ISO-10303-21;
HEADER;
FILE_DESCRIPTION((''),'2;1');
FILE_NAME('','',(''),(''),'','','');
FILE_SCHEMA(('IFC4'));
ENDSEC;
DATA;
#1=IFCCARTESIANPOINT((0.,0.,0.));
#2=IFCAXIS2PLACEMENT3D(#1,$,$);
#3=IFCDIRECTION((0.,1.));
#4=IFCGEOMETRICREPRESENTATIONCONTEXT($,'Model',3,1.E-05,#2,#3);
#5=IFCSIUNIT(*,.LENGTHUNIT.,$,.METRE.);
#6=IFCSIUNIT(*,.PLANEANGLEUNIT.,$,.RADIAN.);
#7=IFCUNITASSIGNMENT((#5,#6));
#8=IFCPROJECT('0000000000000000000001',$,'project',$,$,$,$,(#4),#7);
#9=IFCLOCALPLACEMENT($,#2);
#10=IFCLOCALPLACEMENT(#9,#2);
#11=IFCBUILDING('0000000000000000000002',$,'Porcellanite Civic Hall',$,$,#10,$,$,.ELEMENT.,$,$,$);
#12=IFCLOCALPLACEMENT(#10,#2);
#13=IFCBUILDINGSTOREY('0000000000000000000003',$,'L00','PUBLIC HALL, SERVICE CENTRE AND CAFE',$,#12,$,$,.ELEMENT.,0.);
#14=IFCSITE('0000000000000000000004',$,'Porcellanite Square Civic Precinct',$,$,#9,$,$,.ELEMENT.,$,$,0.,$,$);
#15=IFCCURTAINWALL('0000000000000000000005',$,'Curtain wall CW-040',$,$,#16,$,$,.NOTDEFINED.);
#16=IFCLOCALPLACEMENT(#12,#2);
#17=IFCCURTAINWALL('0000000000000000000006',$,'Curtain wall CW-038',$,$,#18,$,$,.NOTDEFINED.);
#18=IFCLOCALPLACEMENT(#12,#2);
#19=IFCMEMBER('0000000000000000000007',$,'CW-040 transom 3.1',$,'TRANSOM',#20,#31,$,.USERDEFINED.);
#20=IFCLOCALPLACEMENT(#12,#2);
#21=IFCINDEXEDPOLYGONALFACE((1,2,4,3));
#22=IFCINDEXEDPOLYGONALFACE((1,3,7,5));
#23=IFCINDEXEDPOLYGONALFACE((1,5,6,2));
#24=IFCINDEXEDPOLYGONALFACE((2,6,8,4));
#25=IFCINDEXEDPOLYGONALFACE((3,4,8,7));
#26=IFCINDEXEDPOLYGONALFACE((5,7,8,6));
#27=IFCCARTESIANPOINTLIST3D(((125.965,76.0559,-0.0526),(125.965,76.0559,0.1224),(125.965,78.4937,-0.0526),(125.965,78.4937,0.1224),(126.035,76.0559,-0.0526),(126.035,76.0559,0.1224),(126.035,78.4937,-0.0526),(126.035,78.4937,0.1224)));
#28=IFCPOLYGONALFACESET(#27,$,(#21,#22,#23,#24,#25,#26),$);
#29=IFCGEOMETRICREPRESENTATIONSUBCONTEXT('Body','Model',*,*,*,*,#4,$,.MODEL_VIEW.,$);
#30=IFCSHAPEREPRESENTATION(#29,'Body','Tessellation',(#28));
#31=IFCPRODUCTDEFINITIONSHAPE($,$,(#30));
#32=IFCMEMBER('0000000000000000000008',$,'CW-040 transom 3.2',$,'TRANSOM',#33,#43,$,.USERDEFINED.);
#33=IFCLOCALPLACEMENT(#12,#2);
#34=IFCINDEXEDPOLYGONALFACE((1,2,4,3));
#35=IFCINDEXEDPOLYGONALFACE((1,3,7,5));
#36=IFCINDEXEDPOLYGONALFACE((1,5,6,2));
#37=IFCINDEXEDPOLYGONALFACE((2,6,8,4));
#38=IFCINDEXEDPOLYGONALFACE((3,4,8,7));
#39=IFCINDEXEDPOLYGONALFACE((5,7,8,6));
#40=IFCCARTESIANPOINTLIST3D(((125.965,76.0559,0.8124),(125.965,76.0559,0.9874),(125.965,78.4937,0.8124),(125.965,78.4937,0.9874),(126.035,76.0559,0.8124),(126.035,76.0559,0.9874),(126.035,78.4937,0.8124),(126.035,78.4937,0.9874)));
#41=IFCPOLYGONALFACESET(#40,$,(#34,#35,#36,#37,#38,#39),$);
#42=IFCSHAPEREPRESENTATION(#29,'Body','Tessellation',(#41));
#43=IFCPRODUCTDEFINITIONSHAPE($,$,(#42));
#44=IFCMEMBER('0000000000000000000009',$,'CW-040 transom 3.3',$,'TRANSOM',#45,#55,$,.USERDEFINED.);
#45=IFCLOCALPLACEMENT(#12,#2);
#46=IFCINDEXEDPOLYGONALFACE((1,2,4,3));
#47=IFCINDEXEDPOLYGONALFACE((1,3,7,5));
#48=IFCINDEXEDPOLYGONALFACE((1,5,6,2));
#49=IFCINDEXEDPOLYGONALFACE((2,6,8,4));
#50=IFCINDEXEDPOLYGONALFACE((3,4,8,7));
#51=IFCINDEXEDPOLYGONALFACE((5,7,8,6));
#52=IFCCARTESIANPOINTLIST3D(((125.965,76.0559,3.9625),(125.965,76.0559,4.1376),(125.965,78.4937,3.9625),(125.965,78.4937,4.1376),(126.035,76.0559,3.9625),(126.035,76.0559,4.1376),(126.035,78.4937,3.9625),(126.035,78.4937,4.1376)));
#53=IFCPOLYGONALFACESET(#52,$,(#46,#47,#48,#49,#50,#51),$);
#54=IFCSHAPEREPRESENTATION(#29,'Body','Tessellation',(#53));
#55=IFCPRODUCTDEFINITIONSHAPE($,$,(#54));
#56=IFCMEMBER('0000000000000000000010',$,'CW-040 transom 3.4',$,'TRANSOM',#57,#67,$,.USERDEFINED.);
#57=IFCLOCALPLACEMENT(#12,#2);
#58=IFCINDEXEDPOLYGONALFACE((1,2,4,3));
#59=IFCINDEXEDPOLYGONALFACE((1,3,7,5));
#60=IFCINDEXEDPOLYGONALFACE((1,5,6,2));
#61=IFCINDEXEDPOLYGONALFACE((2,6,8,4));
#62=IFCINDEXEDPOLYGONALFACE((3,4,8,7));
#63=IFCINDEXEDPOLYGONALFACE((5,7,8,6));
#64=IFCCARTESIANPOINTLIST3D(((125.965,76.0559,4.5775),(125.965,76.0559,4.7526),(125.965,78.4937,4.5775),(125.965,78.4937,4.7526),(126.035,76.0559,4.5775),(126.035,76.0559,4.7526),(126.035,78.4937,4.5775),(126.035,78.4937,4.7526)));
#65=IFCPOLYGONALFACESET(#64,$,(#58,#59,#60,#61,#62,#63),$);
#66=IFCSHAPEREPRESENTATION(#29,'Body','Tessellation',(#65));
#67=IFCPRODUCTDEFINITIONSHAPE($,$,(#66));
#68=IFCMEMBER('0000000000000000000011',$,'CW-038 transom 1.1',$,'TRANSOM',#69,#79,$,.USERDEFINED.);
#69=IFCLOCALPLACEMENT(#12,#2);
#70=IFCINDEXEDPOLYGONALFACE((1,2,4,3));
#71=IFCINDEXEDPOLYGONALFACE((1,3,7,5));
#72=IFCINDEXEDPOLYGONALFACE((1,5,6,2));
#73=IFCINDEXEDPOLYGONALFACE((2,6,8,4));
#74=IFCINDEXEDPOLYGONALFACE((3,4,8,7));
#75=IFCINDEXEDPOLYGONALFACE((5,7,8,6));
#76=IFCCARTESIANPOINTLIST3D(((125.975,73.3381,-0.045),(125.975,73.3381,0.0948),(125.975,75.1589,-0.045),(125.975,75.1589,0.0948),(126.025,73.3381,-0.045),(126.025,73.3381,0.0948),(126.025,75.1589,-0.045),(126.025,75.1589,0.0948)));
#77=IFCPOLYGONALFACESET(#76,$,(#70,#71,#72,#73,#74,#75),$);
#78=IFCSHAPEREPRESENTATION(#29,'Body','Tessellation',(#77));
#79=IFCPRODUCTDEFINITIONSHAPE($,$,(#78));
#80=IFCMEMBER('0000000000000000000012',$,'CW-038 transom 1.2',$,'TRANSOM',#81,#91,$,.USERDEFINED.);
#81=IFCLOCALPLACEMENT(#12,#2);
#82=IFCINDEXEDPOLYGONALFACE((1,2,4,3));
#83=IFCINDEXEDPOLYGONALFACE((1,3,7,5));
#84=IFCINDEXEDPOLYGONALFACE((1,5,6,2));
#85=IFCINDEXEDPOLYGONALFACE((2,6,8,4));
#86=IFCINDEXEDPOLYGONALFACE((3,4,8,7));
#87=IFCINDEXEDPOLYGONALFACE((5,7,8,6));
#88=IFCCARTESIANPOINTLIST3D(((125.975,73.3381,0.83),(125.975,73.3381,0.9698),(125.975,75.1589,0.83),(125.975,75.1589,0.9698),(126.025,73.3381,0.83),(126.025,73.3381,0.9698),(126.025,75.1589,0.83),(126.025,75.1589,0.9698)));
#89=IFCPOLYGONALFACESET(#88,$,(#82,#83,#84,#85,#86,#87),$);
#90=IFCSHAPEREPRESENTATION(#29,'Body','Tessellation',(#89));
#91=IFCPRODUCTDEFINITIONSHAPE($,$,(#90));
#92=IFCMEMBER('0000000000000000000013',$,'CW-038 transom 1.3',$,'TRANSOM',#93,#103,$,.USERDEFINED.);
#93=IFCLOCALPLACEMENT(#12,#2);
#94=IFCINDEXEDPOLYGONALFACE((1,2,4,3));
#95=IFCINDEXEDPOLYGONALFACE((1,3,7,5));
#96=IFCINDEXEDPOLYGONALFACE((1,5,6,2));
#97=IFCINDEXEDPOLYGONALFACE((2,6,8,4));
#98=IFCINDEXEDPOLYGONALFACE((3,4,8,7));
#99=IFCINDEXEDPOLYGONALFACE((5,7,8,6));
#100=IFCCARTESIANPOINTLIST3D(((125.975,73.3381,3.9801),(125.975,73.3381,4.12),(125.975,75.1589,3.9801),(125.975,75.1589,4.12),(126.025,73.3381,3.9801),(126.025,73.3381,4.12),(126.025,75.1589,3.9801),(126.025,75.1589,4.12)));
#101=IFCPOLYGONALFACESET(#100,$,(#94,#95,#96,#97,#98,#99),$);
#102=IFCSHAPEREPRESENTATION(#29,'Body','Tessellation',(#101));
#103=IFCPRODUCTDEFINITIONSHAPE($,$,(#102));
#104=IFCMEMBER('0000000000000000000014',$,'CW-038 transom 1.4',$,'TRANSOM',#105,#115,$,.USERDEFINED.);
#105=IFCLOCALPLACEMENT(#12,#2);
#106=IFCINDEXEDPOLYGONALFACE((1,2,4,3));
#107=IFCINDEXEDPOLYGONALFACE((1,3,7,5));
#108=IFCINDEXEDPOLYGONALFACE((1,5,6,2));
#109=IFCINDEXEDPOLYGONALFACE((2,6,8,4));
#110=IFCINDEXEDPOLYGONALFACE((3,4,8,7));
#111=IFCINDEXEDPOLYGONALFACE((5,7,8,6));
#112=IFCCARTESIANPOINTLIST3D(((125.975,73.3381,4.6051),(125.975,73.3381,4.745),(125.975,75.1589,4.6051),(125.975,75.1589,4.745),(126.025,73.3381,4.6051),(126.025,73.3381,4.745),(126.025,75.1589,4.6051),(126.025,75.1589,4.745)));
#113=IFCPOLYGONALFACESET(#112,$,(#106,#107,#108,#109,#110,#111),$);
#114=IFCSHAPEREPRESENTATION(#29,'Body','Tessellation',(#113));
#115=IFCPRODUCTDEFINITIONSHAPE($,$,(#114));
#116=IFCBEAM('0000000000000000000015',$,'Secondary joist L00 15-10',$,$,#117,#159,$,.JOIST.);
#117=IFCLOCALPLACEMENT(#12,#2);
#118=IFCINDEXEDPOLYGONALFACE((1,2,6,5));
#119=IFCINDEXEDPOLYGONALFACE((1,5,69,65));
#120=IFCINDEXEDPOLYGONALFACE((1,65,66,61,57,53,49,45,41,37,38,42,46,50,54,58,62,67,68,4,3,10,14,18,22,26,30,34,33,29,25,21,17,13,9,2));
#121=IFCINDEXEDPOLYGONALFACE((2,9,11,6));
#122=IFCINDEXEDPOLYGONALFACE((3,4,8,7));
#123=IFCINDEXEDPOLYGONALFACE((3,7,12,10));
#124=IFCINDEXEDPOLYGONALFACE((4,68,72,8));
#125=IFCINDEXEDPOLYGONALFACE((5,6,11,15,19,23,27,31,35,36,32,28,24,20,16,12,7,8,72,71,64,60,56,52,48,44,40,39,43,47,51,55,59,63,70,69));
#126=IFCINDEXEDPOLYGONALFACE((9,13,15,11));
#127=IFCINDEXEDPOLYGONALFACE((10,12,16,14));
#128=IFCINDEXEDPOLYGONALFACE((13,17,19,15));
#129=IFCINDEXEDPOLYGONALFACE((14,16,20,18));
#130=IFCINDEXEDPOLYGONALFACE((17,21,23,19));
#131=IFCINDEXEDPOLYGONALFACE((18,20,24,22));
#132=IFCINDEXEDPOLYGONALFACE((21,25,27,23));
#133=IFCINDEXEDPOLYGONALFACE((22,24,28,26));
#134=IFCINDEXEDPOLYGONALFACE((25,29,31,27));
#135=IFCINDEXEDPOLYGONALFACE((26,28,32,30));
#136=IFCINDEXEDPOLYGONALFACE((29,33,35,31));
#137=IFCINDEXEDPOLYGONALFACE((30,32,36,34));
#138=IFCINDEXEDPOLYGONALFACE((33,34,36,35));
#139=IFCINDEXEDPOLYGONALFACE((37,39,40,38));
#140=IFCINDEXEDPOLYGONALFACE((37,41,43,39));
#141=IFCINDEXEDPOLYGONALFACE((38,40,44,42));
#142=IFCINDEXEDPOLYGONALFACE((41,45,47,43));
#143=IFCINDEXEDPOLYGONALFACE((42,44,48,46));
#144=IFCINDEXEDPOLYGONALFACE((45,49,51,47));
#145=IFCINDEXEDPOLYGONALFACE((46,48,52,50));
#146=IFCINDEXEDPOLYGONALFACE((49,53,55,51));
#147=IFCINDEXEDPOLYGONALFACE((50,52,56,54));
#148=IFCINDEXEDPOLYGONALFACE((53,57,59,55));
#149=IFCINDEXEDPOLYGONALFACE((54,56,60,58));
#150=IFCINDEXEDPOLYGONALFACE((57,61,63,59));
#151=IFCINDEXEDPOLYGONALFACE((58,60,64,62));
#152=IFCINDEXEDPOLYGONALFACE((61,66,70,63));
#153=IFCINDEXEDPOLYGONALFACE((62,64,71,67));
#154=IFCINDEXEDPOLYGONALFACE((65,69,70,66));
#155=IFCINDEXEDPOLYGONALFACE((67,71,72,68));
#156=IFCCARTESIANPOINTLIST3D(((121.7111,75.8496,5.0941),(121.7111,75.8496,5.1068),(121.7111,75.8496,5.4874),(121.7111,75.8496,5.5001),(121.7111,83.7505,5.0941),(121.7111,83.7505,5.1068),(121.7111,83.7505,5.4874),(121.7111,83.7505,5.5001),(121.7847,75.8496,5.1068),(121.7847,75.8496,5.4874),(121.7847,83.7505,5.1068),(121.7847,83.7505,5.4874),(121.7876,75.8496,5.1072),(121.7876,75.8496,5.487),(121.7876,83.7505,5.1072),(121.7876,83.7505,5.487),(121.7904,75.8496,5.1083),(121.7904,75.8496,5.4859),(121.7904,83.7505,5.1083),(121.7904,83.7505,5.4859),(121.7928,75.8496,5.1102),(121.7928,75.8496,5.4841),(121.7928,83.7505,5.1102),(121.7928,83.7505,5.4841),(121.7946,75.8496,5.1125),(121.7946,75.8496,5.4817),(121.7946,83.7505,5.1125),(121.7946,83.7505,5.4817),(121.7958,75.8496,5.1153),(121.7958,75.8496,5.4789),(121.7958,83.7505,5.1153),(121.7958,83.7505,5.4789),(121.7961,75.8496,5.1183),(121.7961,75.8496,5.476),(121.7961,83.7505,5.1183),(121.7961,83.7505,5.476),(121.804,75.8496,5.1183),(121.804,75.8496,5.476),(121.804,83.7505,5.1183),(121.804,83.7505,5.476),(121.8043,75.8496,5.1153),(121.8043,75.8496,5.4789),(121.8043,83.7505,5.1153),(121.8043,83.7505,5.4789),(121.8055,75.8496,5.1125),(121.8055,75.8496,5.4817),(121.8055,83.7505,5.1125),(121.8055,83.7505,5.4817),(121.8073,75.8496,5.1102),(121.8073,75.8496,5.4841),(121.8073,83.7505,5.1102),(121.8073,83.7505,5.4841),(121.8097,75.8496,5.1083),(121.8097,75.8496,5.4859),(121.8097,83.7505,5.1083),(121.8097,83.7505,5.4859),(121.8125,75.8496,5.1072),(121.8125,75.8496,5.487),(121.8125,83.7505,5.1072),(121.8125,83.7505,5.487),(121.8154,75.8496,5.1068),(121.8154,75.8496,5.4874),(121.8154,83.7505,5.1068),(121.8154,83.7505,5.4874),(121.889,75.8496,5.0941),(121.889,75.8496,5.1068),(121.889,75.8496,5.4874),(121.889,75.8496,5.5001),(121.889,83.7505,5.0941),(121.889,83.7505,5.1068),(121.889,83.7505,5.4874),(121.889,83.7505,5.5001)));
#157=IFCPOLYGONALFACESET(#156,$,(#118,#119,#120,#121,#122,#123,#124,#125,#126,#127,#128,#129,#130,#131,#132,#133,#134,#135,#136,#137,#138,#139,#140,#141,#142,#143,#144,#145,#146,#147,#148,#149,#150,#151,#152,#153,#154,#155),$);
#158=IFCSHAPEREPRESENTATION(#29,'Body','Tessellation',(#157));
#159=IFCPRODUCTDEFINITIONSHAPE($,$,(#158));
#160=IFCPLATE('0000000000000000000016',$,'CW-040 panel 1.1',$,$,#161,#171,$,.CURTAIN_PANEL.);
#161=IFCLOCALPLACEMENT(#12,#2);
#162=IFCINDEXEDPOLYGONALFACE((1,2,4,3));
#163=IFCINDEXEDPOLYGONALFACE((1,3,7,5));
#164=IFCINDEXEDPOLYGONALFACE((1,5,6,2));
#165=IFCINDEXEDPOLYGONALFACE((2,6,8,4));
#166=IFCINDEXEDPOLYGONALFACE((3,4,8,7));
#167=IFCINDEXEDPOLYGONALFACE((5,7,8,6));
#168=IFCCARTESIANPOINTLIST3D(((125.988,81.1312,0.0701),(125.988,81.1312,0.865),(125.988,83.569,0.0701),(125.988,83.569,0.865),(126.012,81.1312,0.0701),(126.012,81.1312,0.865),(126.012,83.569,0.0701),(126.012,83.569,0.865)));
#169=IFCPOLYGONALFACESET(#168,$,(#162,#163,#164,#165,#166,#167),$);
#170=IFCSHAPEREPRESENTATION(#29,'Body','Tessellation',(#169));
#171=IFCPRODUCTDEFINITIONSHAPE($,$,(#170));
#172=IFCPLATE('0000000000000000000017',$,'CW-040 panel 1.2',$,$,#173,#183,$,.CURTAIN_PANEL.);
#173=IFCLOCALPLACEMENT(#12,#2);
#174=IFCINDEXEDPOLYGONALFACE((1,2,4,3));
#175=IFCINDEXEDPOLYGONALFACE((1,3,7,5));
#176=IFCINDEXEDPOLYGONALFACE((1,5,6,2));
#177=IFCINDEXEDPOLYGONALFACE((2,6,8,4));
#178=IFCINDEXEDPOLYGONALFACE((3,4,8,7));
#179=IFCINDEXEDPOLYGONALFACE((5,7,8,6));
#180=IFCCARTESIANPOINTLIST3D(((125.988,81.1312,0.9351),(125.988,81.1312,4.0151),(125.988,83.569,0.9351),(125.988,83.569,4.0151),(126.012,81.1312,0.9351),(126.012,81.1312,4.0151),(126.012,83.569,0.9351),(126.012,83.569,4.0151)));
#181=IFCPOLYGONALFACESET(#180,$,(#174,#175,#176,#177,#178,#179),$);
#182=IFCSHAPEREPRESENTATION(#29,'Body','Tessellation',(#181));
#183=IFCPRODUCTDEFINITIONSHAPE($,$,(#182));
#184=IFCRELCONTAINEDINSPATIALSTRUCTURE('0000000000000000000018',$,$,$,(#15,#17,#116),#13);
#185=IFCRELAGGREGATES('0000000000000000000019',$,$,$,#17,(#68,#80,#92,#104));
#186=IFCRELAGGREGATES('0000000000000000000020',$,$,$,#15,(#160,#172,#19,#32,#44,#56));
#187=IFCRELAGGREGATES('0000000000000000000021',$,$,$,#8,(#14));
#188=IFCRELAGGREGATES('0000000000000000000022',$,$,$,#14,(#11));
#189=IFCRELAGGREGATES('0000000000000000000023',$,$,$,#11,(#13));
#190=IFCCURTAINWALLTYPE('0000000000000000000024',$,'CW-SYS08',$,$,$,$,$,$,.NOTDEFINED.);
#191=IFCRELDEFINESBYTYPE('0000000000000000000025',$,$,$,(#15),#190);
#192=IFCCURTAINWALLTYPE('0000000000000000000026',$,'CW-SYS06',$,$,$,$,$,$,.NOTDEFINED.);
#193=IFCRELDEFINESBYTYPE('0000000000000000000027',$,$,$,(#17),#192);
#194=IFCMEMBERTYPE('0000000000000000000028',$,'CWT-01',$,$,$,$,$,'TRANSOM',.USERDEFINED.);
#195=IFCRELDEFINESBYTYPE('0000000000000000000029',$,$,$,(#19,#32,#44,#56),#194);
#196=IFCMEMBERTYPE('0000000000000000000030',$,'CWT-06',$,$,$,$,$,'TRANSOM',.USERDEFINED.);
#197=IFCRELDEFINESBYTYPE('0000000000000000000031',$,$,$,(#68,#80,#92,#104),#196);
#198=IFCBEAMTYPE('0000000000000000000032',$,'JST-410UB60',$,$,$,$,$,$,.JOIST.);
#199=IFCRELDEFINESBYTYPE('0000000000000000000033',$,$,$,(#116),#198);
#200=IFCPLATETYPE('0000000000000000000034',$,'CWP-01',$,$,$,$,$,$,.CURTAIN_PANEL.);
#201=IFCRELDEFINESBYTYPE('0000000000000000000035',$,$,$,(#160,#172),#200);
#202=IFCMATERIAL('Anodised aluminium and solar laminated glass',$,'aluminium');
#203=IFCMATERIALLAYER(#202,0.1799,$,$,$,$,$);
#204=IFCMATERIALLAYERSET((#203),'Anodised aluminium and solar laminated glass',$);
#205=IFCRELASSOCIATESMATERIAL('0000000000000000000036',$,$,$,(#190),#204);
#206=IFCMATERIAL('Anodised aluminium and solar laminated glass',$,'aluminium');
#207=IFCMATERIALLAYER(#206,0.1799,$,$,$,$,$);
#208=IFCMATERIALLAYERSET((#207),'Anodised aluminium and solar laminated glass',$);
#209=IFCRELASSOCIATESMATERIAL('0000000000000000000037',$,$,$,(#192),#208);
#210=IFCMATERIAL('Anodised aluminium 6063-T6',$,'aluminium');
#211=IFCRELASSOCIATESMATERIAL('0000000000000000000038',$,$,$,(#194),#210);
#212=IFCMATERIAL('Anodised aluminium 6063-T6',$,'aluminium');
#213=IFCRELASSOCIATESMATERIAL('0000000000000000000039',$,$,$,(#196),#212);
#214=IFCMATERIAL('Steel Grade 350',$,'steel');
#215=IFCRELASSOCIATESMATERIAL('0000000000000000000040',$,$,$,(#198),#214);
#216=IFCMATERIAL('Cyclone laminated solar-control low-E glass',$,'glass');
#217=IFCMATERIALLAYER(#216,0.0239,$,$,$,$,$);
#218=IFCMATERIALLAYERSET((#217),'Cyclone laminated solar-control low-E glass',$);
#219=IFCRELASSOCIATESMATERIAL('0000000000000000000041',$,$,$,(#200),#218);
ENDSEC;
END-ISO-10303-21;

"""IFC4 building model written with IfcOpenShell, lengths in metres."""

from ifc_helpers import new_model, si_unit, direction, frame, origin, origin_2d, place, context, subcontext, project, spatial, rectangle, i_section, extrude, material, layer, layer_set, material_profile, profile_set, type_object, element, aggregate, save


model = new_model("IFC4")

# Units and contexts
model_context = context("Model", 3, precision=1e-05, world=origin(), true_north=direction((0.0, 1.0)))
body_context = subcontext(model_context, "Body", "Model", "MODEL_VIEW")
ifc_project = project(units=[si_unit("LENGTHUNIT", "METRE"), si_unit("PLANEANGLEUNIT", "RADIAN")], contexts=[model_context])

# Site, building, storey
site_placement = place(None, origin())
site = spatial("IfcSite", under=ifc_project, at=site_placement, Name="Porcellanite Square Civic Precinct", CompositionType="ELEMENT", RefElevation=0.0)
building_placement = place(site_placement, origin())
building = spatial("IfcBuilding", under=site, at=building_placement, Name="Porcellanite Civic Hall", CompositionType="ELEMENT")
storey_placement = place(building_placement, origin())
storey = spatial("IfcBuildingStorey", under=building, at=storey_placement, Name="L00", Description="PUBLIC HALL, SERVICE CENTRE AND CAFE", CompositionType="ELEMENT", Elevation=0.0)

# Curtain wall
ifc_material_1 = material(Name="Anodised aluminium and solar laminated glass", Category="aluminium")
ifc_layer_1 = layer(ifc_material_1, 0.1799)
ifc_layer_set_1 = layer_set([ifc_layer_1], Name="Anodised aluminium and solar laminated glass")
curtain_wall_type_1 = type_object("IfcCurtainWallType", Name="CW-SYS08", PredefinedType="NOTDEFINED", material=ifc_layer_set_1)
curtain_wall_1_placement = place(storey_placement, origin())
curtain_wall_1 = element("IfcCurtainWall", 1, at=curtain_wall_1_placement, inside=storey, type_object=curtain_wall_type_1, Name="Curtain wall CW-040", PredefinedType="NOTDEFINED")

# Curtain wall
ifc_material_2 = material(Name="Anodised aluminium and solar laminated glass", Category="aluminium")
ifc_layer_2 = layer(ifc_material_2, 0.1799)
ifc_layer_set_2 = layer_set([ifc_layer_2], Name="Anodised aluminium and solar laminated glass")
curtain_wall_type_2 = type_object("IfcCurtainWallType", Name="CW-SYS06", PredefinedType="NOTDEFINED", material=ifc_layer_set_2)
curtain_wall_2_placement = place(storey_placement, origin())
curtain_wall_2 = element("IfcCurtainWall", 2, at=curtain_wall_2_placement, inside=storey, type_object=curtain_wall_type_2, Name="Curtain wall CW-038", PredefinedType="NOTDEFINED")

# Members
ifc_material_3 = material(Name="Anodised aluminium 6063-T6", Category="aluminium")
ifc_material_profile_1 = material_profile(ifc_material_3, rectangle(XDim=0.0701, YDim=0.175, at=origin_2d()), Name="AL-70x175")
ifc_profile_set_1 = profile_set([ifc_material_profile_1], Name="Anodised aluminium 6063-T6")
member_type_1 = type_object("IfcMemberType", Name="CWT-01", ElementType="TRANSOM", PredefinedType="USERDEFINED", material=ifc_profile_set_1)
member_1_placement = place(storey_placement, frame((126.0, 78.4937, 0.0349), z_axis=(0.0, -1.0, 0.0), x_axis=(1.0, 0.0, 0.0)))
member_1 = element("IfcMember", 3, at=member_1_placement, type_object=member_type_1, Name="CW-040 transom 3.1", ObjectType="TRANSOM", PredefinedType="USERDEFINED", context=body_context, shape_type="SweptSolid", body=[
    extrude(rectangle(XDim=0.0701, YDim=0.175, at=origin_2d()), origin(), (0.0, 0.0, 1.0), 2.4377),
])
member_2_placement = place(storey_placement, frame((126.0, 78.4937, 0.8999), z_axis=(0.0, -1.0, 0.0), x_axis=(1.0, 0.0, 0.0)))
member_2 = element("IfcMember", 4, at=member_2_placement, type_object=member_type_1, Name="CW-040 transom 3.2", ObjectType="TRANSOM", PredefinedType="USERDEFINED", context=body_context, shape_type="SweptSolid", body=[
    extrude(rectangle(XDim=0.0701, YDim=0.175, at=origin_2d()), origin(), (0.0, 0.0, 1.0), 2.4377),
])
member_3_placement = place(storey_placement, frame((126.0, 78.4937, 4.05), z_axis=(0.0, -1.0, 0.0), x_axis=(1.0, 0.0, 0.0)))
member_3 = element("IfcMember", 5, at=member_3_placement, type_object=member_type_1, Name="CW-040 transom 3.3", ObjectType="TRANSOM", PredefinedType="USERDEFINED", context=body_context, shape_type="SweptSolid", body=[
    extrude(rectangle(XDim=0.0701, YDim=0.175, at=origin_2d()), origin(), (0.0, 0.0, 1.0), 2.4377),
])
member_4_placement = place(storey_placement, frame((126.0, 78.4937, 4.665), z_axis=(0.0, -1.0, 0.0), x_axis=(1.0, 0.0, 0.0)))
member_4 = element("IfcMember", 6, at=member_4_placement, type_object=member_type_1, Name="CW-040 transom 3.4", ObjectType="TRANSOM", PredefinedType="USERDEFINED", context=body_context, shape_type="SweptSolid", body=[
    extrude(rectangle(XDim=0.0701, YDim=0.175, at=origin_2d()), origin(), (0.0, 0.0, 1.0), 2.4377),
])
ifc_material_4 = material(Name="Anodised aluminium 6063-T6", Category="aluminium")
ifc_material_profile_2 = material_profile(ifc_material_4, rectangle(XDim=0.05, YDim=0.1399, at=origin_2d()), Name="AL-50x140")
ifc_profile_set_2 = profile_set([ifc_material_profile_2], Name="Anodised aluminium 6063-T6")
member_type_2 = type_object("IfcMemberType", Name="CWT-06", ElementType="TRANSOM", PredefinedType="USERDEFINED", material=ifc_profile_set_2)
member_5_placement = place(storey_placement, frame((126.0, 75.1589, 0.0249), z_axis=(0.0, -1.0, 0.0), x_axis=(1.0, 0.0, 0.0)))
member_5 = element("IfcMember", 7, at=member_5_placement, type_object=member_type_2, Name="CW-038 transom 1.1", ObjectType="TRANSOM", PredefinedType="USERDEFINED", context=body_context, shape_type="SweptSolid", body=[
    extrude(rectangle(XDim=0.05, YDim=0.1399, at=origin_2d()), origin(), (0.0, 0.0, 1.0), 1.8208),
])
member_6_placement = place(storey_placement, frame((126.0, 75.1589, 0.8999), z_axis=(0.0, -1.0, 0.0), x_axis=(1.0, 0.0, 0.0)))
member_6 = element("IfcMember", 8, at=member_6_placement, type_object=member_type_2, Name="CW-038 transom 1.2", ObjectType="TRANSOM", PredefinedType="USERDEFINED", context=body_context, shape_type="SweptSolid", body=[
    extrude(rectangle(XDim=0.05, YDim=0.1399, at=origin_2d()), origin(), (0.0, 0.0, 1.0), 1.8208),
])
member_7_placement = place(storey_placement, frame((126.0, 75.1589, 4.05), z_axis=(0.0, -1.0, 0.0), x_axis=(1.0, 0.0, 0.0)))
member_7 = element("IfcMember", 9, at=member_7_placement, type_object=member_type_2, Name="CW-038 transom 1.3", ObjectType="TRANSOM", PredefinedType="USERDEFINED", context=body_context, shape_type="SweptSolid", body=[
    extrude(rectangle(XDim=0.05, YDim=0.1399, at=origin_2d()), origin(), (0.0, 0.0, 1.0), 1.8208),
])
member_8_placement = place(storey_placement, frame((126.0, 75.1589, 4.675), z_axis=(0.0, -1.0, 0.0), x_axis=(1.0, 0.0, 0.0)))
member_8 = element("IfcMember", 10, at=member_8_placement, type_object=member_type_2, Name="CW-038 transom 1.4", ObjectType="TRANSOM", PredefinedType="USERDEFINED", context=body_context, shape_type="SweptSolid", body=[
    extrude(rectangle(XDim=0.05, YDim=0.1399, at=origin_2d()), origin(), (0.0, 0.0, 1.0), 1.8208),
])
aggregate(curtain_wall_2, [member_5, member_6, member_7, member_8])

# Beam
ifc_material_5 = material(Name="Steel Grade 350", Category="steel")
ifc_material_profile_3 = material_profile(ifc_material_5, i_section(OverallWidth=0.178, OverallDepth=0.406, WebThickness=0.0078, FlangeThickness=0.0127, FilletRadius=0.0115, at=origin_2d()), Name="410UB59.7")
ifc_profile_set_3 = profile_set([ifc_material_profile_3], Name="Steel Grade 350")
beam_type_1 = type_object("IfcBeamType", Name="JST-410UB60", PredefinedType="JOIST", material=ifc_profile_set_3)
beam_1_placement = place(storey_placement, frame((121.8, 75.8496, 5.2971), z_axis=(0.0, 1.0, 0.0), x_axis=(-1.0, 0.0, 0.0)))
element("IfcBeam", 11, at=beam_1_placement, inside=storey, type_object=beam_type_1, Name="Secondary joist L00 15-10", PredefinedType="JOIST", context=body_context, shape_type="SweptSolid", body=[
    extrude(i_section(OverallWidth=0.178, OverallDepth=0.406, WebThickness=0.0078, FlangeThickness=0.0127, FilletRadius=0.0115, at=origin_2d()), origin(), (0.0, 0.0, 1.0), 7.9009),
])

# Plates
ifc_material_6 = material(Name="Cyclone laminated solar-control low-E glass", Category="glass")
ifc_layer_3 = layer(ifc_material_6, 0.0239)
ifc_layer_set_3 = layer_set([ifc_layer_3], Name="Cyclone laminated solar-control low-E glass")
plate_type = type_object("IfcPlateType", Name="CWP-01", PredefinedType="CURTAIN_PANEL", material=ifc_layer_set_3)
plate_1_placement = place(storey_placement, frame((126.0, 82.3501, 0.0701), z_axis=(0.0, 0.0, 1.0), x_axis=(0.0, -1.0, 0.0)))
plate_1 = element("IfcPlate", 12, at=plate_1_placement, type_object=plate_type, Name="CW-040 panel 1.1", PredefinedType="CURTAIN_PANEL", context=body_context, shape_type="SweptSolid", body=[
    extrude(rectangle(XDim=2.4377, YDim=0.0239, at=origin_2d()), origin(), (0.0, 0.0, 1.0), 0.7949),
])
plate_2_placement = place(storey_placement, frame((126.0, 82.3501, 0.9351), z_axis=(0.0, 0.0, 1.0), x_axis=(0.0, -1.0, 0.0)))
plate_2 = element("IfcPlate", 13, at=plate_2_placement, type_object=plate_type, Name="CW-040 panel 1.2", PredefinedType="CURTAIN_PANEL", context=body_context, shape_type="SweptSolid", body=[
    extrude(rectangle(XDim=2.4377, YDim=0.0239, at=origin_2d()), origin(), (0.0, 0.0, 1.0), 3.0801),
])
aggregate(curtain_wall_1, [plate_1, plate_2, member_1, member_2, member_3, member_4])

save(model, "model.ifc")
